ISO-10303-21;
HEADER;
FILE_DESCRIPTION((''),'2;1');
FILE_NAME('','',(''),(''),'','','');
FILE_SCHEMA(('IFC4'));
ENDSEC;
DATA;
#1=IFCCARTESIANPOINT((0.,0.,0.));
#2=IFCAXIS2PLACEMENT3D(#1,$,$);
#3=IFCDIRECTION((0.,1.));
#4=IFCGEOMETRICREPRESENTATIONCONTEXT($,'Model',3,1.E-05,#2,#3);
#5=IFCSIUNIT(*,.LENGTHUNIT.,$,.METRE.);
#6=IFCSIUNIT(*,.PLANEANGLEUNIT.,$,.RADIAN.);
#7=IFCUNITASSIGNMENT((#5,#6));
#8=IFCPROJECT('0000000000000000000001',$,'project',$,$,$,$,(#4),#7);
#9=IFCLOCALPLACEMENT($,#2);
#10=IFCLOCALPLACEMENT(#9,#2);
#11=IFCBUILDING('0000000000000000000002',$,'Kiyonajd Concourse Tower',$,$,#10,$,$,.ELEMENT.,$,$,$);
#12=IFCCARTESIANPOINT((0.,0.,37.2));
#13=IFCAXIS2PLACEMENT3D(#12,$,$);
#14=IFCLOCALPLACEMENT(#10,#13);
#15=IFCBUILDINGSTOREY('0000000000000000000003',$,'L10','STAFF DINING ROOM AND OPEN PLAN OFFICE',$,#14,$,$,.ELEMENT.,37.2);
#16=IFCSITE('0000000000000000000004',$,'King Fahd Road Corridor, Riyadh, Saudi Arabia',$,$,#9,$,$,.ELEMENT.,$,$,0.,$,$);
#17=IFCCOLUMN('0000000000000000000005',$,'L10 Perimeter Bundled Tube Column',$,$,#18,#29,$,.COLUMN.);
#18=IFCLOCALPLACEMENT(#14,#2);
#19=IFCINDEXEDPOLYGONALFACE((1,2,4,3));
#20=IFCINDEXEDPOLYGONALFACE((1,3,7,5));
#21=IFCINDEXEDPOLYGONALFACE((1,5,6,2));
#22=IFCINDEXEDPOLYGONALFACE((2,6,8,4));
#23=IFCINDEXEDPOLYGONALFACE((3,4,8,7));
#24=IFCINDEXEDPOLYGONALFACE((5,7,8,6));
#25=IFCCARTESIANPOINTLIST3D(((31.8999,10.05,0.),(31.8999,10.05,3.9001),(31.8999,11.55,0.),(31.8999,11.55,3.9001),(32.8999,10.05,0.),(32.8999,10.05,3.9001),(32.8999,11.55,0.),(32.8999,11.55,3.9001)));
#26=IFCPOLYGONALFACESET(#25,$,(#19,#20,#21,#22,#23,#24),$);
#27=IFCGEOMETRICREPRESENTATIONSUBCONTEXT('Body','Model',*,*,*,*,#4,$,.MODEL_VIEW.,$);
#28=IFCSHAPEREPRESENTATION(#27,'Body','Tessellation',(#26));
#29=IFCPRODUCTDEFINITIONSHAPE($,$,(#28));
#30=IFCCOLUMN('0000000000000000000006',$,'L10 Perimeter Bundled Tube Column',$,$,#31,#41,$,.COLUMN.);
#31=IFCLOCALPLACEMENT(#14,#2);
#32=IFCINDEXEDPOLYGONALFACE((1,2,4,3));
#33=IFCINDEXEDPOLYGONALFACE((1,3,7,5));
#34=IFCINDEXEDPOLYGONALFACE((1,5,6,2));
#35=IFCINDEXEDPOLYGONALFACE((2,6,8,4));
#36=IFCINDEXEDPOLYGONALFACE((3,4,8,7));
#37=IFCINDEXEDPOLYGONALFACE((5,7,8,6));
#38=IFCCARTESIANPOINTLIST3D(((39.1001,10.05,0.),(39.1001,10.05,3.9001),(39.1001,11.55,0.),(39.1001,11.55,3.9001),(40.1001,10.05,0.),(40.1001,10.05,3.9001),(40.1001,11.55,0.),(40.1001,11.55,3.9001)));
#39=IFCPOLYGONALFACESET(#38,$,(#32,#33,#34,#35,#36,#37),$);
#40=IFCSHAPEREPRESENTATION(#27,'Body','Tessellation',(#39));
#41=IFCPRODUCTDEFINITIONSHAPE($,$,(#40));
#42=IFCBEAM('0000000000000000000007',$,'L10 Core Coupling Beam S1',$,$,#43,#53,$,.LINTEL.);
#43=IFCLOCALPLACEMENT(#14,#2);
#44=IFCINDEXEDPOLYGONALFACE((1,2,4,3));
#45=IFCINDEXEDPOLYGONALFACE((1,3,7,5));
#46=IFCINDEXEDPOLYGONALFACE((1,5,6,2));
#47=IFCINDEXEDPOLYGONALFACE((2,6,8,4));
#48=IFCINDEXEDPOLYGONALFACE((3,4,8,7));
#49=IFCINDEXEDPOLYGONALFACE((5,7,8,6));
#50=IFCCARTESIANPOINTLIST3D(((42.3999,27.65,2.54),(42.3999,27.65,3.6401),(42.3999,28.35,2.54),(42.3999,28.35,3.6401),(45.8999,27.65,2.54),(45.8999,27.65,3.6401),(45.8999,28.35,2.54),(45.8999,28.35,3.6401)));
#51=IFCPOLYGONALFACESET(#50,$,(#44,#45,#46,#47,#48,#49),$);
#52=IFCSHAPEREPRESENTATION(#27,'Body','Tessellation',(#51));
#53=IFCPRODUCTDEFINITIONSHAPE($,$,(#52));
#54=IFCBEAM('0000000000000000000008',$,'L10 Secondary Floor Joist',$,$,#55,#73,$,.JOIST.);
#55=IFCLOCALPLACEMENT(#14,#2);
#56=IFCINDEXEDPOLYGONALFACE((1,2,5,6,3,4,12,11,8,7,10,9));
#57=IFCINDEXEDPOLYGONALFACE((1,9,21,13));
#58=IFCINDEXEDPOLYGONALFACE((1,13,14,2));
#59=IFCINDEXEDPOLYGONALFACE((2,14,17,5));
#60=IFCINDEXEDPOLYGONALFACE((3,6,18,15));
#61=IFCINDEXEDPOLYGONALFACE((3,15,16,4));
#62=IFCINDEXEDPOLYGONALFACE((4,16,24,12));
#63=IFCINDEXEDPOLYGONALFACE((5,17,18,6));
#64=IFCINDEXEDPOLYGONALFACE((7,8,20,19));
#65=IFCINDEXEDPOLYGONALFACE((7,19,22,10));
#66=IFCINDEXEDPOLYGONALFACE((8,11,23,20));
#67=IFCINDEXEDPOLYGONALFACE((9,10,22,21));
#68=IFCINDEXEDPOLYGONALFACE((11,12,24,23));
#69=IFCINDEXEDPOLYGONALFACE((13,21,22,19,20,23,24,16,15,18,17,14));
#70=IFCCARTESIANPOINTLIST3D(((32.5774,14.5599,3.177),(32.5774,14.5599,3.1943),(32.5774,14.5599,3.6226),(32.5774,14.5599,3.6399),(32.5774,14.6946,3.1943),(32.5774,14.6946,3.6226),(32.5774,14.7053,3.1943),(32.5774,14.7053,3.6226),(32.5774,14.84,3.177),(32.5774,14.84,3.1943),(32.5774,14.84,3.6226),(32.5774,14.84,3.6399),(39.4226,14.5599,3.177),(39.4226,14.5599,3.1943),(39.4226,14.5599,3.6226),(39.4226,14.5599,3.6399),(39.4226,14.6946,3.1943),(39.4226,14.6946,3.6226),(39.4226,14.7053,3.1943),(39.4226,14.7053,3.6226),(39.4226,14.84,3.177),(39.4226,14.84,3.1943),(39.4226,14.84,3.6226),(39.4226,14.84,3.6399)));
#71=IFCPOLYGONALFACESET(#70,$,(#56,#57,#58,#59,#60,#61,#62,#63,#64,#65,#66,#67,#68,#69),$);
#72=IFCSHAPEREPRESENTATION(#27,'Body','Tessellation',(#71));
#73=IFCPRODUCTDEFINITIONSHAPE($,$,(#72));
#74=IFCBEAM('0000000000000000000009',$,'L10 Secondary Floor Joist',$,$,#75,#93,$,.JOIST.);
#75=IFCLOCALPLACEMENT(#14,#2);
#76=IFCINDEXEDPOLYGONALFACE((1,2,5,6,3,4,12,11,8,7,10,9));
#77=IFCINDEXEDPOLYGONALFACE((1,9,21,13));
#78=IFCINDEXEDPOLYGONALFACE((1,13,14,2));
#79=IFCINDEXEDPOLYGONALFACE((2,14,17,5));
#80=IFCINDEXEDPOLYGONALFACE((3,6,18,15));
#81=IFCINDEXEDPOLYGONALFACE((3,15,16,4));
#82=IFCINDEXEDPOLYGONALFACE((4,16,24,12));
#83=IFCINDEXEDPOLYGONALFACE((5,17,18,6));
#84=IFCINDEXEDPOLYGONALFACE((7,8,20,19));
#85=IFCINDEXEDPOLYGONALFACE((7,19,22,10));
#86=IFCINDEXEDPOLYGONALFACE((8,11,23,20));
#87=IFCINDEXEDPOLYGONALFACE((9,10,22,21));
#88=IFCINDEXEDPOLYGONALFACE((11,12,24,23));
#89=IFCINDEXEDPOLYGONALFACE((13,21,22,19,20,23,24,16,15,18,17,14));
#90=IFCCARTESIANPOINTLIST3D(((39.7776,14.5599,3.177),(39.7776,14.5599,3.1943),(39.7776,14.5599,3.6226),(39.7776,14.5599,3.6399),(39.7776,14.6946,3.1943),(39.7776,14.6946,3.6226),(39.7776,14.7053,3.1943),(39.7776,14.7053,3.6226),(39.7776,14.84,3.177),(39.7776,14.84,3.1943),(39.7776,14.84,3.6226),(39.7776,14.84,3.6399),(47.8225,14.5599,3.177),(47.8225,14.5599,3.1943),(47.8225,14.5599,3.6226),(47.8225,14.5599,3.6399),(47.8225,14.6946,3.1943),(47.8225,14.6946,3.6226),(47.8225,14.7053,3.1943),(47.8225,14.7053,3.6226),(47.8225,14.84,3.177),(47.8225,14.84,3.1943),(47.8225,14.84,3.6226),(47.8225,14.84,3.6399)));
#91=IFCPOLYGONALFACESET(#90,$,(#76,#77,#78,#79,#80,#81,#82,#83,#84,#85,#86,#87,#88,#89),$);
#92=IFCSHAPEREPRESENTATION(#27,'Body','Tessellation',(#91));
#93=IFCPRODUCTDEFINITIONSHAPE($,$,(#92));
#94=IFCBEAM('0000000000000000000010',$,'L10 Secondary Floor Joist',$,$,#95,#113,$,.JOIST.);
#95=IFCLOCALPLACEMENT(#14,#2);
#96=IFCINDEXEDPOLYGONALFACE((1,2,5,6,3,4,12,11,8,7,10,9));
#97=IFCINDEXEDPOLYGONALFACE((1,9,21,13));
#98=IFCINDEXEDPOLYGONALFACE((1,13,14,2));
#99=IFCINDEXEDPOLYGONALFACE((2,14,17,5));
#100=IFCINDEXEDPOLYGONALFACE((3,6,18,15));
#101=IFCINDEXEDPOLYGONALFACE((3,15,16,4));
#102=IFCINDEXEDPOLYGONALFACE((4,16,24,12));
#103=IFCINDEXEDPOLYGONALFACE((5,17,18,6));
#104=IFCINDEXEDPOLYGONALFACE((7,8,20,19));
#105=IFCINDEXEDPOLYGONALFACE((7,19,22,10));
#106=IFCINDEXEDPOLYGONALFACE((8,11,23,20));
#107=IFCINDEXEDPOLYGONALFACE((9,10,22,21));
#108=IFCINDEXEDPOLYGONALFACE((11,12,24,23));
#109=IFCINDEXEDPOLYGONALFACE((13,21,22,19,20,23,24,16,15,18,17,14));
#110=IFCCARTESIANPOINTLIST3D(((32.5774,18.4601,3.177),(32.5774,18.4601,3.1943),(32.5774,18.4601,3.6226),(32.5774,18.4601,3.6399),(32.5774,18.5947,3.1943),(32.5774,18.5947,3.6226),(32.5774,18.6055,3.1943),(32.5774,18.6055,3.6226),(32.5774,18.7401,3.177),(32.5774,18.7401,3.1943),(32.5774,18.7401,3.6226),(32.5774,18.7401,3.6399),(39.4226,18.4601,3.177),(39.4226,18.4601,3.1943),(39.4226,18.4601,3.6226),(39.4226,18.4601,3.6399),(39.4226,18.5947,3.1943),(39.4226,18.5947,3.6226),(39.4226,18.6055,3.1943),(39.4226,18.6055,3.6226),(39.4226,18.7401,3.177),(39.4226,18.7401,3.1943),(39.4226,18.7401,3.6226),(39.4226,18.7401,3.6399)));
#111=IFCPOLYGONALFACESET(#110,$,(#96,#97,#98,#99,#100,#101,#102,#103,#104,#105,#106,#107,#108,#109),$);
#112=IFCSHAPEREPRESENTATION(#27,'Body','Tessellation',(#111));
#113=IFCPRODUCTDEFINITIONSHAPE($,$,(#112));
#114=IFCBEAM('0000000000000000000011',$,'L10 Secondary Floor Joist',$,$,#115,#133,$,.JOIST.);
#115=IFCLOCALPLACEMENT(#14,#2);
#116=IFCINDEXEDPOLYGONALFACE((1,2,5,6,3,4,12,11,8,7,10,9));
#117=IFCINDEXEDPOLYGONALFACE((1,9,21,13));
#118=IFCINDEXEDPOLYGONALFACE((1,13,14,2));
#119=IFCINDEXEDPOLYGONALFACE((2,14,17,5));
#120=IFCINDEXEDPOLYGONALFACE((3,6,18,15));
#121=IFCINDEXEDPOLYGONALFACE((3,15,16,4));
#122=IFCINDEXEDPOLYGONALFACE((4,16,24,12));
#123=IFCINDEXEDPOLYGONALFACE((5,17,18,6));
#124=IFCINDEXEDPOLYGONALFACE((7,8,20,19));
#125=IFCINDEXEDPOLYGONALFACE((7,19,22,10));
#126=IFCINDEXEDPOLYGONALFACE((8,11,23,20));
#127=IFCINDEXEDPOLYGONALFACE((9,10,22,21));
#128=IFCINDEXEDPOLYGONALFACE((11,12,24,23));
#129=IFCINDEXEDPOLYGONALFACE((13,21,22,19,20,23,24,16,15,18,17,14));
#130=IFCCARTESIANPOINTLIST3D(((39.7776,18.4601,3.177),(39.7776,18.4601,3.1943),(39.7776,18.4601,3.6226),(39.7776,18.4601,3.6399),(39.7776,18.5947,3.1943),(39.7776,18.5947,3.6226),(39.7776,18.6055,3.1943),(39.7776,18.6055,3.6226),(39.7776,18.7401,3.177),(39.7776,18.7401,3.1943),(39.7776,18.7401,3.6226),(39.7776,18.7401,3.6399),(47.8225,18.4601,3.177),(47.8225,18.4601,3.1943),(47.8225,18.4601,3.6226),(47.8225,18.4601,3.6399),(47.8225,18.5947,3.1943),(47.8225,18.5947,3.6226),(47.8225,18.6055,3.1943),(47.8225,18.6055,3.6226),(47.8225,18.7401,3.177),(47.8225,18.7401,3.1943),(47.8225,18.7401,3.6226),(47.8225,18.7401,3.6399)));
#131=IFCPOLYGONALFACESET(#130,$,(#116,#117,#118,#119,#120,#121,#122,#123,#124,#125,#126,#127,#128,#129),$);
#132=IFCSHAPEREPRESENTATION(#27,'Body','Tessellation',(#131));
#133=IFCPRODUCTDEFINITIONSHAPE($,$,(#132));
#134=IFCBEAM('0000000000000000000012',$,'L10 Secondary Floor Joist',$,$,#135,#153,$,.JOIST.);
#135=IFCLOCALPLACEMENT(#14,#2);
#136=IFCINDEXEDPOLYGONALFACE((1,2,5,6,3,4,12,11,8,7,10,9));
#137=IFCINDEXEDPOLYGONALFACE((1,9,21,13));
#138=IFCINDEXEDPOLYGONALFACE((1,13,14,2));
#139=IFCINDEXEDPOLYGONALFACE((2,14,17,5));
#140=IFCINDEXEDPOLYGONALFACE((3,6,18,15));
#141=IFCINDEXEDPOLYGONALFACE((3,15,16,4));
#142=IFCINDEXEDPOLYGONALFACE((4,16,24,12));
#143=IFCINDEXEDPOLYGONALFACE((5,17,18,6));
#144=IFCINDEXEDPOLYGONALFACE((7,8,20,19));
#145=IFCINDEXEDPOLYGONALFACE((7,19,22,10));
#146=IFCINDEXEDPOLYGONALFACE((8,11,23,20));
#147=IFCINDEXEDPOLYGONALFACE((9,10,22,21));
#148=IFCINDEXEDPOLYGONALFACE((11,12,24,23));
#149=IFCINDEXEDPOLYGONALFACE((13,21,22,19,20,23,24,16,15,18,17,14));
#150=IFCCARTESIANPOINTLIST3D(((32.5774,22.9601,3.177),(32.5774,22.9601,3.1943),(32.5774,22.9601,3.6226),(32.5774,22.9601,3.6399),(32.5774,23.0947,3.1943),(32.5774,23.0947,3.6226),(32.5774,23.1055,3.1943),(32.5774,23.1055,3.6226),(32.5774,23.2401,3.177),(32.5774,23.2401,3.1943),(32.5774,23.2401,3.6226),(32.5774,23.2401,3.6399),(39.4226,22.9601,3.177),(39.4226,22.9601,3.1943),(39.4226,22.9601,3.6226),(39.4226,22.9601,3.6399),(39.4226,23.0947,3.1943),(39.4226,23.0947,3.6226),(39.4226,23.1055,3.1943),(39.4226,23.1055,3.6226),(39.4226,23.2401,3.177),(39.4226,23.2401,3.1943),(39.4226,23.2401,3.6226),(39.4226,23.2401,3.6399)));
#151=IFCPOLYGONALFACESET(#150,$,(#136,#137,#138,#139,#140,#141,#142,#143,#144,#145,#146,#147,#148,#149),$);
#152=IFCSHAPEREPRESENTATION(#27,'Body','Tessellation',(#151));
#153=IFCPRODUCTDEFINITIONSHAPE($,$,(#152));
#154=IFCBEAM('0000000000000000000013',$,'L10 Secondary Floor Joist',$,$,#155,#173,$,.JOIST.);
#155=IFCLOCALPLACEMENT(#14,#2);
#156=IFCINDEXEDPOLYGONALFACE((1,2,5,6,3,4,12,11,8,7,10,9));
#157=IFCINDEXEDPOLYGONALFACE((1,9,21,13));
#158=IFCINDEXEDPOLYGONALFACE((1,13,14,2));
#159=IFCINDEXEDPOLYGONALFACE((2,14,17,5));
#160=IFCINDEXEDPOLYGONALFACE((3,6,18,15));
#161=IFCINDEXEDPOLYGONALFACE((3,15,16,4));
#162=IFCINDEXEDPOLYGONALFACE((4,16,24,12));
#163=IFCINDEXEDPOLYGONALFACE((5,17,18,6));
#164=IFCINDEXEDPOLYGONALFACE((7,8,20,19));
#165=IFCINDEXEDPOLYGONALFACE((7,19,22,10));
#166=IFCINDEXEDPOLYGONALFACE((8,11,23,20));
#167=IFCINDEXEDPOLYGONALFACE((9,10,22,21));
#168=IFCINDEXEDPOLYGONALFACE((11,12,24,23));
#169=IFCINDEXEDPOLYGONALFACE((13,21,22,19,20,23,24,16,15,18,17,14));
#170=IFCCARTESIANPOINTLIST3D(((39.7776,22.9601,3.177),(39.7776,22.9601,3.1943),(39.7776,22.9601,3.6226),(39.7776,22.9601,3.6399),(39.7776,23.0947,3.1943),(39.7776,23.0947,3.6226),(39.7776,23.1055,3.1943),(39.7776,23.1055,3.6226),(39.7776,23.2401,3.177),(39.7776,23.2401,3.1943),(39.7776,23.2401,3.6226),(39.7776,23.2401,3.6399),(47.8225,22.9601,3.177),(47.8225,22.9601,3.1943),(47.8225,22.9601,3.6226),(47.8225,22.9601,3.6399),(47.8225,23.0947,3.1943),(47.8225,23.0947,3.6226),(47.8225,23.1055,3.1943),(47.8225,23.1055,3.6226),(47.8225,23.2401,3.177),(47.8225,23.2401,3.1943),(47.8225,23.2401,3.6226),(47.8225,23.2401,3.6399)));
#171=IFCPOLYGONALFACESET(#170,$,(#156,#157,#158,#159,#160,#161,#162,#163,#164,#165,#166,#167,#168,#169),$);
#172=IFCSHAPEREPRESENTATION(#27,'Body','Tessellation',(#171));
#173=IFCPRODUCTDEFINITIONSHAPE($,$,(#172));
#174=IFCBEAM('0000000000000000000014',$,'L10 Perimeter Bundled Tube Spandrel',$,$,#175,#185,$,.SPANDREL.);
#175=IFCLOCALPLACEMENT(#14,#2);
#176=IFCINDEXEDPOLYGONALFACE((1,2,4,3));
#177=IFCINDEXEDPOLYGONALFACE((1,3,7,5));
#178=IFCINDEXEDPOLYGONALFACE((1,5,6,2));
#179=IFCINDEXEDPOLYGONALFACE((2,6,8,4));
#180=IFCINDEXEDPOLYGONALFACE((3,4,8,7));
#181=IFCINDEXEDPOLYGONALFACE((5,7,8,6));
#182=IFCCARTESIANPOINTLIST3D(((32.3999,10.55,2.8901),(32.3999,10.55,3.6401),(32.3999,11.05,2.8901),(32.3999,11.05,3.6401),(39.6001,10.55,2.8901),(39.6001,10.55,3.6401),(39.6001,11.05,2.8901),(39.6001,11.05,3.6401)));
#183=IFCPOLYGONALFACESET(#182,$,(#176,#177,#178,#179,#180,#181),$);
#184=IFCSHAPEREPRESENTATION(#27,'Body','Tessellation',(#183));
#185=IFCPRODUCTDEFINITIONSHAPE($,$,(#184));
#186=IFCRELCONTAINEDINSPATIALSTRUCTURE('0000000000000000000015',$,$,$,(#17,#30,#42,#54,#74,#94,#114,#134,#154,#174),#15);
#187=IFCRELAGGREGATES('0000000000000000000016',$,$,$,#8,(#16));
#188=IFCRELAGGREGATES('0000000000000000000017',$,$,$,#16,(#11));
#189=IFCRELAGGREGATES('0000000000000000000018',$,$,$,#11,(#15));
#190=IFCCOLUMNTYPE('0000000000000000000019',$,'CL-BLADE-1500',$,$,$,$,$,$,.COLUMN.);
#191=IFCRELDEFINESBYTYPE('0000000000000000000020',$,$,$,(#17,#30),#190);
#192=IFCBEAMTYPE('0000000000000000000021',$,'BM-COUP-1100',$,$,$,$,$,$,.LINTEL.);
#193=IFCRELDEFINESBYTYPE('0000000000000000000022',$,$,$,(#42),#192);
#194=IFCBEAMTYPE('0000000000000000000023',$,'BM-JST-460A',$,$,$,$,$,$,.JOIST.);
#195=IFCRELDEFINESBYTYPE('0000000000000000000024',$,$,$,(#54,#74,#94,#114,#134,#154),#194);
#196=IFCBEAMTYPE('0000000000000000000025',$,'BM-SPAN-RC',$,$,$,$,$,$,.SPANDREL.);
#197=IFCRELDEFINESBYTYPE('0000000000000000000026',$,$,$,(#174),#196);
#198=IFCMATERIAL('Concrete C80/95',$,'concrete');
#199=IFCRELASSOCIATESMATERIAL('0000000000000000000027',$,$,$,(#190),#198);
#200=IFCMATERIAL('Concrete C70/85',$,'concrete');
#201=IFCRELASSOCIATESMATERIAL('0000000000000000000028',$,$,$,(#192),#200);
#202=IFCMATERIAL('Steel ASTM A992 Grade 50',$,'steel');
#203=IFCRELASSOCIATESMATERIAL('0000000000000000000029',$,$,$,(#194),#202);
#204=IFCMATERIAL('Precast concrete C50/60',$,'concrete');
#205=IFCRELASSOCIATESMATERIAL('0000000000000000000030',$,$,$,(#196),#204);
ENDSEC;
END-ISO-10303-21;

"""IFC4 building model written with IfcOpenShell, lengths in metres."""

from ifc_helpers import new_model, si_unit, direction, frame, origin, origin_2d, place, context, subcontext, project, spatial, rectangle, i_section, extrude, material, material_profile, profile_set, type_object, element, save


model = new_model("IFC4")

# Units and contexts
model_context = context("Model", 3, precision=1e-05, world=origin(), true_north=direction((0.0, 1.0)))
body_context = subcontext(model_context, "Body", "Model", "MODEL_VIEW")
ifc_project = project(units=[si_unit("LENGTHUNIT", "METRE"), si_unit("PLANEANGLEUNIT", "RADIAN")], contexts=[model_context])

# Site, building, storey
site_placement = place(None, origin())
site = spatial("IfcSite", under=ifc_project, at=site_placement, Name="King Fahd Road Corridor, Riyadh, Saudi Arabia", CompositionType="ELEMENT", RefElevation=0.0)
building_placement = place(site_placement, origin())
building = spatial("IfcBuilding", under=site, at=building_placement, Name="Kiyonajd Concourse Tower", CompositionType="ELEMENT")
storey_placement = place(building_placement, frame((0.0, 0.0, 37.2)))
storey = spatial("IfcBuildingStorey", under=building, at=storey_placement, Name="L10", Description="STAFF DINING ROOM AND OPEN PLAN OFFICE", CompositionType="ELEMENT", Elevation=37.2)

# Columns
ifc_material_1 = material(Name="Concrete C80/95", Category="concrete")
ifc_material_profile_1 = material_profile(ifc_material_1, rectangle(XDim=1.0, YDim=1.5, at=origin_2d()), Name="RC-1500x1000")
ifc_profile_set_1 = profile_set([ifc_material_profile_1], Name="Concrete C80/95")
column_type = type_object("IfcColumnType", Name="CL-BLADE-1500", PredefinedType="COLUMN", material=ifc_profile_set_1)
for number, where, z_axis, x_axis, name in (
    (1, (32.3999, 10.8, 0.0), (0.0, 0.0, 1.0), (1.0, 0.0, 0.0), "L10 Perimeter Bundled Tube Column"),
    (2, (39.6001, 10.8, 0.0), (0.0, 0.0, 1.0), (1.0, 0.0, 0.0), "L10 Perimeter Bundled Tube Column"),
):
    element("IfcColumn", number, at=place(storey_placement, frame(where, z_axis=z_axis, x_axis=x_axis)), inside=storey, type_object=column_type, Name=name, PredefinedType="COLUMN", context=body_context, shape_type="SweptSolid", body=[
        extrude(rectangle(XDim=1.0, YDim=1.5, at=origin_2d()), origin(), (0.0, 0.0, 1.0), 3.9001),
    ])

# Beams
ifc_material_2 = material(Name="Concrete C70/85", Category="concrete")
ifc_material_profile_2 = material_profile(ifc_material_2, rectangle(XDim=0.7, YDim=1.1001, at=origin_2d()), Name="RCBM-700x1100")
ifc_profile_set_2 = profile_set([ifc_material_profile_2], Name="Concrete C70/85")
beam_type_1 = type_object("IfcBeamType", Name="BM-COUP-1100", PredefinedType="LINTEL", material=ifc_profile_set_2)
beam_1_placement = place(storey_placement, frame((42.3999, 28.0, 3.0901), z_axis=(1.0, 0.0, 0.0), x_axis=(0.0, 1.0, 0.0)))
element("IfcBeam", 3, at=beam_1_placement, inside=storey, type_object=beam_type_1, Name="L10 Core Coupling Beam S1", PredefinedType="LINTEL", context=body_context, shape_type="SweptSolid", body=[
    extrude(rectangle(XDim=0.7, YDim=1.1001, at=origin_2d()), origin(), (0.0, 0.0, 1.0), 3.5),
])
ifc_material_3 = material(Name="Steel ASTM A992 Grade 50", Category="steel")
ifc_material_profile_3 = material_profile(ifc_material_3, i_section(OverallWidth=0.28, OverallDepth=0.4629, WebThickness=0.0107, FlangeThickness=0.0173, at=origin_2d()), Name="W460X113")
ifc_profile_set_3 = profile_set([ifc_material_profile_3], Name="Steel ASTM A992 Grade 50")
beam_type_2 = type_object("IfcBeamType", Name="BM-JST-460A", PredefinedType="JOIST", material=ifc_profile_set_3)
beam_2_placement = place(storey_placement, frame((32.5774, 14.7, 3.4084), z_axis=(1.0, 0.0, 0.0), x_axis=(0.0, 1.0, 0.0)))
element("IfcBeam", 4, at=beam_2_placement, inside=storey, type_object=beam_type_2, Name="L10 Secondary Floor Joist", PredefinedType="JOIST", context=body_context, shape_type="SweptSolid", body=[
    extrude(i_section(OverallWidth=0.28, OverallDepth=0.4629, WebThickness=0.0107, FlangeThickness=0.0173, at=origin_2d()), origin(), (0.0, 0.0, 1.0), 6.8452),
])
beam_3_placement = place(storey_placement, frame((39.7776, 14.7, 3.4084), z_axis=(1.0, 0.0, 0.0), x_axis=(0.0, 1.0, 0.0)))
element("IfcBeam", 5, at=beam_3_placement, inside=storey, type_object=beam_type_2, Name="L10 Secondary Floor Joist", PredefinedType="JOIST", context=body_context, shape_type="SweptSolid", body=[
    extrude(i_section(OverallWidth=0.28, OverallDepth=0.4629, WebThickness=0.0107, FlangeThickness=0.0173, at=origin_2d()), origin(), (0.0, 0.0, 1.0), 8.0449),
])
beam_4_placement = place(storey_placement, frame((32.5774, 18.6001, 3.4084), z_axis=(1.0, 0.0, 0.0), x_axis=(0.0, 1.0, 0.0)))
element("IfcBeam", 6, at=beam_4_placement, inside=storey, type_object=beam_type_2, Name="L10 Secondary Floor Joist", PredefinedType="JOIST", context=body_context, shape_type="SweptSolid", body=[
    extrude(i_section(OverallWidth=0.28, OverallDepth=0.4629, WebThickness=0.0107, FlangeThickness=0.0173, at=origin_2d()), origin(), (0.0, 0.0, 1.0), 6.8452),
])
beam_5_placement = place(storey_placement, frame((39.7776, 18.6001, 3.4084), z_axis=(1.0, 0.0, 0.0), x_axis=(0.0, 1.0, 0.0)))
element("IfcBeam", 7, at=beam_5_placement, inside=storey, type_object=beam_type_2, Name="L10 Secondary Floor Joist", PredefinedType="JOIST", context=body_context, shape_type="SweptSolid", body=[
    extrude(i_section(OverallWidth=0.28, OverallDepth=0.4629, WebThickness=0.0107, FlangeThickness=0.0173, at=origin_2d()), origin(), (0.0, 0.0, 1.0), 8.0449),
])
beam_6_placement = place(storey_placement, frame((32.5774, 23.1001, 3.4084), z_axis=(1.0, 0.0, 0.0), x_axis=(0.0, 1.0, 0.0)))
element("IfcBeam", 8, at=beam_6_placement, inside=storey, type_object=beam_type_2, Name="L10 Secondary Floor Joist", PredefinedType="JOIST", context=body_context, shape_type="SweptSolid", body=[
    extrude(i_section(OverallWidth=0.28, OverallDepth=0.4629, WebThickness=0.0107, FlangeThickness=0.0173, at=origin_2d()), origin(), (0.0, 0.0, 1.0), 6.8452),
])
beam_7_placement = place(storey_placement, frame((39.7776, 23.1001, 3.4084), z_axis=(1.0, 0.0, 0.0), x_axis=(0.0, 1.0, 0.0)))
element("IfcBeam", 9, at=beam_7_placement, inside=storey, type_object=beam_type_2, Name="L10 Secondary Floor Joist", PredefinedType="JOIST", context=body_context, shape_type="SweptSolid", body=[
    extrude(i_section(OverallWidth=0.28, OverallDepth=0.4629, WebThickness=0.0107, FlangeThickness=0.0173, at=origin_2d()), origin(), (0.0, 0.0, 1.0), 8.0449),
])
ifc_material_4 = material(Name="Precast concrete C50/60", Category="concrete")
ifc_material_profile_4 = material_profile(ifc_material_4, rectangle(XDim=0.5, YDim=0.75, at=origin_2d()), Name="RCBM-500x750")
ifc_profile_set_4 = profile_set([ifc_material_profile_4], Name="Precast concrete C50/60")
beam_type_3 = type_object("IfcBeamType", Name="BM-SPAN-RC", PredefinedType="SPANDREL", material=ifc_profile_set_4)
beam_8_placement = place(storey_placement, frame((32.3999, 10.8, 3.2651), z_axis=(1.0, 0.0, 0.0), x_axis=(0.0, 1.0, 0.0)))
element("IfcBeam", 10, at=beam_8_placement, inside=storey, type_object=beam_type_3, Name="L10 Perimeter Bundled Tube Spandrel", PredefinedType="SPANDREL", context=body_context, shape_type="SweptSolid", body=[
    extrude(rectangle(XDim=0.5, YDim=0.75, at=origin_2d()), origin(), (0.0, 0.0, 1.0), 7.2002),
])

save(model, "model.ifc")
